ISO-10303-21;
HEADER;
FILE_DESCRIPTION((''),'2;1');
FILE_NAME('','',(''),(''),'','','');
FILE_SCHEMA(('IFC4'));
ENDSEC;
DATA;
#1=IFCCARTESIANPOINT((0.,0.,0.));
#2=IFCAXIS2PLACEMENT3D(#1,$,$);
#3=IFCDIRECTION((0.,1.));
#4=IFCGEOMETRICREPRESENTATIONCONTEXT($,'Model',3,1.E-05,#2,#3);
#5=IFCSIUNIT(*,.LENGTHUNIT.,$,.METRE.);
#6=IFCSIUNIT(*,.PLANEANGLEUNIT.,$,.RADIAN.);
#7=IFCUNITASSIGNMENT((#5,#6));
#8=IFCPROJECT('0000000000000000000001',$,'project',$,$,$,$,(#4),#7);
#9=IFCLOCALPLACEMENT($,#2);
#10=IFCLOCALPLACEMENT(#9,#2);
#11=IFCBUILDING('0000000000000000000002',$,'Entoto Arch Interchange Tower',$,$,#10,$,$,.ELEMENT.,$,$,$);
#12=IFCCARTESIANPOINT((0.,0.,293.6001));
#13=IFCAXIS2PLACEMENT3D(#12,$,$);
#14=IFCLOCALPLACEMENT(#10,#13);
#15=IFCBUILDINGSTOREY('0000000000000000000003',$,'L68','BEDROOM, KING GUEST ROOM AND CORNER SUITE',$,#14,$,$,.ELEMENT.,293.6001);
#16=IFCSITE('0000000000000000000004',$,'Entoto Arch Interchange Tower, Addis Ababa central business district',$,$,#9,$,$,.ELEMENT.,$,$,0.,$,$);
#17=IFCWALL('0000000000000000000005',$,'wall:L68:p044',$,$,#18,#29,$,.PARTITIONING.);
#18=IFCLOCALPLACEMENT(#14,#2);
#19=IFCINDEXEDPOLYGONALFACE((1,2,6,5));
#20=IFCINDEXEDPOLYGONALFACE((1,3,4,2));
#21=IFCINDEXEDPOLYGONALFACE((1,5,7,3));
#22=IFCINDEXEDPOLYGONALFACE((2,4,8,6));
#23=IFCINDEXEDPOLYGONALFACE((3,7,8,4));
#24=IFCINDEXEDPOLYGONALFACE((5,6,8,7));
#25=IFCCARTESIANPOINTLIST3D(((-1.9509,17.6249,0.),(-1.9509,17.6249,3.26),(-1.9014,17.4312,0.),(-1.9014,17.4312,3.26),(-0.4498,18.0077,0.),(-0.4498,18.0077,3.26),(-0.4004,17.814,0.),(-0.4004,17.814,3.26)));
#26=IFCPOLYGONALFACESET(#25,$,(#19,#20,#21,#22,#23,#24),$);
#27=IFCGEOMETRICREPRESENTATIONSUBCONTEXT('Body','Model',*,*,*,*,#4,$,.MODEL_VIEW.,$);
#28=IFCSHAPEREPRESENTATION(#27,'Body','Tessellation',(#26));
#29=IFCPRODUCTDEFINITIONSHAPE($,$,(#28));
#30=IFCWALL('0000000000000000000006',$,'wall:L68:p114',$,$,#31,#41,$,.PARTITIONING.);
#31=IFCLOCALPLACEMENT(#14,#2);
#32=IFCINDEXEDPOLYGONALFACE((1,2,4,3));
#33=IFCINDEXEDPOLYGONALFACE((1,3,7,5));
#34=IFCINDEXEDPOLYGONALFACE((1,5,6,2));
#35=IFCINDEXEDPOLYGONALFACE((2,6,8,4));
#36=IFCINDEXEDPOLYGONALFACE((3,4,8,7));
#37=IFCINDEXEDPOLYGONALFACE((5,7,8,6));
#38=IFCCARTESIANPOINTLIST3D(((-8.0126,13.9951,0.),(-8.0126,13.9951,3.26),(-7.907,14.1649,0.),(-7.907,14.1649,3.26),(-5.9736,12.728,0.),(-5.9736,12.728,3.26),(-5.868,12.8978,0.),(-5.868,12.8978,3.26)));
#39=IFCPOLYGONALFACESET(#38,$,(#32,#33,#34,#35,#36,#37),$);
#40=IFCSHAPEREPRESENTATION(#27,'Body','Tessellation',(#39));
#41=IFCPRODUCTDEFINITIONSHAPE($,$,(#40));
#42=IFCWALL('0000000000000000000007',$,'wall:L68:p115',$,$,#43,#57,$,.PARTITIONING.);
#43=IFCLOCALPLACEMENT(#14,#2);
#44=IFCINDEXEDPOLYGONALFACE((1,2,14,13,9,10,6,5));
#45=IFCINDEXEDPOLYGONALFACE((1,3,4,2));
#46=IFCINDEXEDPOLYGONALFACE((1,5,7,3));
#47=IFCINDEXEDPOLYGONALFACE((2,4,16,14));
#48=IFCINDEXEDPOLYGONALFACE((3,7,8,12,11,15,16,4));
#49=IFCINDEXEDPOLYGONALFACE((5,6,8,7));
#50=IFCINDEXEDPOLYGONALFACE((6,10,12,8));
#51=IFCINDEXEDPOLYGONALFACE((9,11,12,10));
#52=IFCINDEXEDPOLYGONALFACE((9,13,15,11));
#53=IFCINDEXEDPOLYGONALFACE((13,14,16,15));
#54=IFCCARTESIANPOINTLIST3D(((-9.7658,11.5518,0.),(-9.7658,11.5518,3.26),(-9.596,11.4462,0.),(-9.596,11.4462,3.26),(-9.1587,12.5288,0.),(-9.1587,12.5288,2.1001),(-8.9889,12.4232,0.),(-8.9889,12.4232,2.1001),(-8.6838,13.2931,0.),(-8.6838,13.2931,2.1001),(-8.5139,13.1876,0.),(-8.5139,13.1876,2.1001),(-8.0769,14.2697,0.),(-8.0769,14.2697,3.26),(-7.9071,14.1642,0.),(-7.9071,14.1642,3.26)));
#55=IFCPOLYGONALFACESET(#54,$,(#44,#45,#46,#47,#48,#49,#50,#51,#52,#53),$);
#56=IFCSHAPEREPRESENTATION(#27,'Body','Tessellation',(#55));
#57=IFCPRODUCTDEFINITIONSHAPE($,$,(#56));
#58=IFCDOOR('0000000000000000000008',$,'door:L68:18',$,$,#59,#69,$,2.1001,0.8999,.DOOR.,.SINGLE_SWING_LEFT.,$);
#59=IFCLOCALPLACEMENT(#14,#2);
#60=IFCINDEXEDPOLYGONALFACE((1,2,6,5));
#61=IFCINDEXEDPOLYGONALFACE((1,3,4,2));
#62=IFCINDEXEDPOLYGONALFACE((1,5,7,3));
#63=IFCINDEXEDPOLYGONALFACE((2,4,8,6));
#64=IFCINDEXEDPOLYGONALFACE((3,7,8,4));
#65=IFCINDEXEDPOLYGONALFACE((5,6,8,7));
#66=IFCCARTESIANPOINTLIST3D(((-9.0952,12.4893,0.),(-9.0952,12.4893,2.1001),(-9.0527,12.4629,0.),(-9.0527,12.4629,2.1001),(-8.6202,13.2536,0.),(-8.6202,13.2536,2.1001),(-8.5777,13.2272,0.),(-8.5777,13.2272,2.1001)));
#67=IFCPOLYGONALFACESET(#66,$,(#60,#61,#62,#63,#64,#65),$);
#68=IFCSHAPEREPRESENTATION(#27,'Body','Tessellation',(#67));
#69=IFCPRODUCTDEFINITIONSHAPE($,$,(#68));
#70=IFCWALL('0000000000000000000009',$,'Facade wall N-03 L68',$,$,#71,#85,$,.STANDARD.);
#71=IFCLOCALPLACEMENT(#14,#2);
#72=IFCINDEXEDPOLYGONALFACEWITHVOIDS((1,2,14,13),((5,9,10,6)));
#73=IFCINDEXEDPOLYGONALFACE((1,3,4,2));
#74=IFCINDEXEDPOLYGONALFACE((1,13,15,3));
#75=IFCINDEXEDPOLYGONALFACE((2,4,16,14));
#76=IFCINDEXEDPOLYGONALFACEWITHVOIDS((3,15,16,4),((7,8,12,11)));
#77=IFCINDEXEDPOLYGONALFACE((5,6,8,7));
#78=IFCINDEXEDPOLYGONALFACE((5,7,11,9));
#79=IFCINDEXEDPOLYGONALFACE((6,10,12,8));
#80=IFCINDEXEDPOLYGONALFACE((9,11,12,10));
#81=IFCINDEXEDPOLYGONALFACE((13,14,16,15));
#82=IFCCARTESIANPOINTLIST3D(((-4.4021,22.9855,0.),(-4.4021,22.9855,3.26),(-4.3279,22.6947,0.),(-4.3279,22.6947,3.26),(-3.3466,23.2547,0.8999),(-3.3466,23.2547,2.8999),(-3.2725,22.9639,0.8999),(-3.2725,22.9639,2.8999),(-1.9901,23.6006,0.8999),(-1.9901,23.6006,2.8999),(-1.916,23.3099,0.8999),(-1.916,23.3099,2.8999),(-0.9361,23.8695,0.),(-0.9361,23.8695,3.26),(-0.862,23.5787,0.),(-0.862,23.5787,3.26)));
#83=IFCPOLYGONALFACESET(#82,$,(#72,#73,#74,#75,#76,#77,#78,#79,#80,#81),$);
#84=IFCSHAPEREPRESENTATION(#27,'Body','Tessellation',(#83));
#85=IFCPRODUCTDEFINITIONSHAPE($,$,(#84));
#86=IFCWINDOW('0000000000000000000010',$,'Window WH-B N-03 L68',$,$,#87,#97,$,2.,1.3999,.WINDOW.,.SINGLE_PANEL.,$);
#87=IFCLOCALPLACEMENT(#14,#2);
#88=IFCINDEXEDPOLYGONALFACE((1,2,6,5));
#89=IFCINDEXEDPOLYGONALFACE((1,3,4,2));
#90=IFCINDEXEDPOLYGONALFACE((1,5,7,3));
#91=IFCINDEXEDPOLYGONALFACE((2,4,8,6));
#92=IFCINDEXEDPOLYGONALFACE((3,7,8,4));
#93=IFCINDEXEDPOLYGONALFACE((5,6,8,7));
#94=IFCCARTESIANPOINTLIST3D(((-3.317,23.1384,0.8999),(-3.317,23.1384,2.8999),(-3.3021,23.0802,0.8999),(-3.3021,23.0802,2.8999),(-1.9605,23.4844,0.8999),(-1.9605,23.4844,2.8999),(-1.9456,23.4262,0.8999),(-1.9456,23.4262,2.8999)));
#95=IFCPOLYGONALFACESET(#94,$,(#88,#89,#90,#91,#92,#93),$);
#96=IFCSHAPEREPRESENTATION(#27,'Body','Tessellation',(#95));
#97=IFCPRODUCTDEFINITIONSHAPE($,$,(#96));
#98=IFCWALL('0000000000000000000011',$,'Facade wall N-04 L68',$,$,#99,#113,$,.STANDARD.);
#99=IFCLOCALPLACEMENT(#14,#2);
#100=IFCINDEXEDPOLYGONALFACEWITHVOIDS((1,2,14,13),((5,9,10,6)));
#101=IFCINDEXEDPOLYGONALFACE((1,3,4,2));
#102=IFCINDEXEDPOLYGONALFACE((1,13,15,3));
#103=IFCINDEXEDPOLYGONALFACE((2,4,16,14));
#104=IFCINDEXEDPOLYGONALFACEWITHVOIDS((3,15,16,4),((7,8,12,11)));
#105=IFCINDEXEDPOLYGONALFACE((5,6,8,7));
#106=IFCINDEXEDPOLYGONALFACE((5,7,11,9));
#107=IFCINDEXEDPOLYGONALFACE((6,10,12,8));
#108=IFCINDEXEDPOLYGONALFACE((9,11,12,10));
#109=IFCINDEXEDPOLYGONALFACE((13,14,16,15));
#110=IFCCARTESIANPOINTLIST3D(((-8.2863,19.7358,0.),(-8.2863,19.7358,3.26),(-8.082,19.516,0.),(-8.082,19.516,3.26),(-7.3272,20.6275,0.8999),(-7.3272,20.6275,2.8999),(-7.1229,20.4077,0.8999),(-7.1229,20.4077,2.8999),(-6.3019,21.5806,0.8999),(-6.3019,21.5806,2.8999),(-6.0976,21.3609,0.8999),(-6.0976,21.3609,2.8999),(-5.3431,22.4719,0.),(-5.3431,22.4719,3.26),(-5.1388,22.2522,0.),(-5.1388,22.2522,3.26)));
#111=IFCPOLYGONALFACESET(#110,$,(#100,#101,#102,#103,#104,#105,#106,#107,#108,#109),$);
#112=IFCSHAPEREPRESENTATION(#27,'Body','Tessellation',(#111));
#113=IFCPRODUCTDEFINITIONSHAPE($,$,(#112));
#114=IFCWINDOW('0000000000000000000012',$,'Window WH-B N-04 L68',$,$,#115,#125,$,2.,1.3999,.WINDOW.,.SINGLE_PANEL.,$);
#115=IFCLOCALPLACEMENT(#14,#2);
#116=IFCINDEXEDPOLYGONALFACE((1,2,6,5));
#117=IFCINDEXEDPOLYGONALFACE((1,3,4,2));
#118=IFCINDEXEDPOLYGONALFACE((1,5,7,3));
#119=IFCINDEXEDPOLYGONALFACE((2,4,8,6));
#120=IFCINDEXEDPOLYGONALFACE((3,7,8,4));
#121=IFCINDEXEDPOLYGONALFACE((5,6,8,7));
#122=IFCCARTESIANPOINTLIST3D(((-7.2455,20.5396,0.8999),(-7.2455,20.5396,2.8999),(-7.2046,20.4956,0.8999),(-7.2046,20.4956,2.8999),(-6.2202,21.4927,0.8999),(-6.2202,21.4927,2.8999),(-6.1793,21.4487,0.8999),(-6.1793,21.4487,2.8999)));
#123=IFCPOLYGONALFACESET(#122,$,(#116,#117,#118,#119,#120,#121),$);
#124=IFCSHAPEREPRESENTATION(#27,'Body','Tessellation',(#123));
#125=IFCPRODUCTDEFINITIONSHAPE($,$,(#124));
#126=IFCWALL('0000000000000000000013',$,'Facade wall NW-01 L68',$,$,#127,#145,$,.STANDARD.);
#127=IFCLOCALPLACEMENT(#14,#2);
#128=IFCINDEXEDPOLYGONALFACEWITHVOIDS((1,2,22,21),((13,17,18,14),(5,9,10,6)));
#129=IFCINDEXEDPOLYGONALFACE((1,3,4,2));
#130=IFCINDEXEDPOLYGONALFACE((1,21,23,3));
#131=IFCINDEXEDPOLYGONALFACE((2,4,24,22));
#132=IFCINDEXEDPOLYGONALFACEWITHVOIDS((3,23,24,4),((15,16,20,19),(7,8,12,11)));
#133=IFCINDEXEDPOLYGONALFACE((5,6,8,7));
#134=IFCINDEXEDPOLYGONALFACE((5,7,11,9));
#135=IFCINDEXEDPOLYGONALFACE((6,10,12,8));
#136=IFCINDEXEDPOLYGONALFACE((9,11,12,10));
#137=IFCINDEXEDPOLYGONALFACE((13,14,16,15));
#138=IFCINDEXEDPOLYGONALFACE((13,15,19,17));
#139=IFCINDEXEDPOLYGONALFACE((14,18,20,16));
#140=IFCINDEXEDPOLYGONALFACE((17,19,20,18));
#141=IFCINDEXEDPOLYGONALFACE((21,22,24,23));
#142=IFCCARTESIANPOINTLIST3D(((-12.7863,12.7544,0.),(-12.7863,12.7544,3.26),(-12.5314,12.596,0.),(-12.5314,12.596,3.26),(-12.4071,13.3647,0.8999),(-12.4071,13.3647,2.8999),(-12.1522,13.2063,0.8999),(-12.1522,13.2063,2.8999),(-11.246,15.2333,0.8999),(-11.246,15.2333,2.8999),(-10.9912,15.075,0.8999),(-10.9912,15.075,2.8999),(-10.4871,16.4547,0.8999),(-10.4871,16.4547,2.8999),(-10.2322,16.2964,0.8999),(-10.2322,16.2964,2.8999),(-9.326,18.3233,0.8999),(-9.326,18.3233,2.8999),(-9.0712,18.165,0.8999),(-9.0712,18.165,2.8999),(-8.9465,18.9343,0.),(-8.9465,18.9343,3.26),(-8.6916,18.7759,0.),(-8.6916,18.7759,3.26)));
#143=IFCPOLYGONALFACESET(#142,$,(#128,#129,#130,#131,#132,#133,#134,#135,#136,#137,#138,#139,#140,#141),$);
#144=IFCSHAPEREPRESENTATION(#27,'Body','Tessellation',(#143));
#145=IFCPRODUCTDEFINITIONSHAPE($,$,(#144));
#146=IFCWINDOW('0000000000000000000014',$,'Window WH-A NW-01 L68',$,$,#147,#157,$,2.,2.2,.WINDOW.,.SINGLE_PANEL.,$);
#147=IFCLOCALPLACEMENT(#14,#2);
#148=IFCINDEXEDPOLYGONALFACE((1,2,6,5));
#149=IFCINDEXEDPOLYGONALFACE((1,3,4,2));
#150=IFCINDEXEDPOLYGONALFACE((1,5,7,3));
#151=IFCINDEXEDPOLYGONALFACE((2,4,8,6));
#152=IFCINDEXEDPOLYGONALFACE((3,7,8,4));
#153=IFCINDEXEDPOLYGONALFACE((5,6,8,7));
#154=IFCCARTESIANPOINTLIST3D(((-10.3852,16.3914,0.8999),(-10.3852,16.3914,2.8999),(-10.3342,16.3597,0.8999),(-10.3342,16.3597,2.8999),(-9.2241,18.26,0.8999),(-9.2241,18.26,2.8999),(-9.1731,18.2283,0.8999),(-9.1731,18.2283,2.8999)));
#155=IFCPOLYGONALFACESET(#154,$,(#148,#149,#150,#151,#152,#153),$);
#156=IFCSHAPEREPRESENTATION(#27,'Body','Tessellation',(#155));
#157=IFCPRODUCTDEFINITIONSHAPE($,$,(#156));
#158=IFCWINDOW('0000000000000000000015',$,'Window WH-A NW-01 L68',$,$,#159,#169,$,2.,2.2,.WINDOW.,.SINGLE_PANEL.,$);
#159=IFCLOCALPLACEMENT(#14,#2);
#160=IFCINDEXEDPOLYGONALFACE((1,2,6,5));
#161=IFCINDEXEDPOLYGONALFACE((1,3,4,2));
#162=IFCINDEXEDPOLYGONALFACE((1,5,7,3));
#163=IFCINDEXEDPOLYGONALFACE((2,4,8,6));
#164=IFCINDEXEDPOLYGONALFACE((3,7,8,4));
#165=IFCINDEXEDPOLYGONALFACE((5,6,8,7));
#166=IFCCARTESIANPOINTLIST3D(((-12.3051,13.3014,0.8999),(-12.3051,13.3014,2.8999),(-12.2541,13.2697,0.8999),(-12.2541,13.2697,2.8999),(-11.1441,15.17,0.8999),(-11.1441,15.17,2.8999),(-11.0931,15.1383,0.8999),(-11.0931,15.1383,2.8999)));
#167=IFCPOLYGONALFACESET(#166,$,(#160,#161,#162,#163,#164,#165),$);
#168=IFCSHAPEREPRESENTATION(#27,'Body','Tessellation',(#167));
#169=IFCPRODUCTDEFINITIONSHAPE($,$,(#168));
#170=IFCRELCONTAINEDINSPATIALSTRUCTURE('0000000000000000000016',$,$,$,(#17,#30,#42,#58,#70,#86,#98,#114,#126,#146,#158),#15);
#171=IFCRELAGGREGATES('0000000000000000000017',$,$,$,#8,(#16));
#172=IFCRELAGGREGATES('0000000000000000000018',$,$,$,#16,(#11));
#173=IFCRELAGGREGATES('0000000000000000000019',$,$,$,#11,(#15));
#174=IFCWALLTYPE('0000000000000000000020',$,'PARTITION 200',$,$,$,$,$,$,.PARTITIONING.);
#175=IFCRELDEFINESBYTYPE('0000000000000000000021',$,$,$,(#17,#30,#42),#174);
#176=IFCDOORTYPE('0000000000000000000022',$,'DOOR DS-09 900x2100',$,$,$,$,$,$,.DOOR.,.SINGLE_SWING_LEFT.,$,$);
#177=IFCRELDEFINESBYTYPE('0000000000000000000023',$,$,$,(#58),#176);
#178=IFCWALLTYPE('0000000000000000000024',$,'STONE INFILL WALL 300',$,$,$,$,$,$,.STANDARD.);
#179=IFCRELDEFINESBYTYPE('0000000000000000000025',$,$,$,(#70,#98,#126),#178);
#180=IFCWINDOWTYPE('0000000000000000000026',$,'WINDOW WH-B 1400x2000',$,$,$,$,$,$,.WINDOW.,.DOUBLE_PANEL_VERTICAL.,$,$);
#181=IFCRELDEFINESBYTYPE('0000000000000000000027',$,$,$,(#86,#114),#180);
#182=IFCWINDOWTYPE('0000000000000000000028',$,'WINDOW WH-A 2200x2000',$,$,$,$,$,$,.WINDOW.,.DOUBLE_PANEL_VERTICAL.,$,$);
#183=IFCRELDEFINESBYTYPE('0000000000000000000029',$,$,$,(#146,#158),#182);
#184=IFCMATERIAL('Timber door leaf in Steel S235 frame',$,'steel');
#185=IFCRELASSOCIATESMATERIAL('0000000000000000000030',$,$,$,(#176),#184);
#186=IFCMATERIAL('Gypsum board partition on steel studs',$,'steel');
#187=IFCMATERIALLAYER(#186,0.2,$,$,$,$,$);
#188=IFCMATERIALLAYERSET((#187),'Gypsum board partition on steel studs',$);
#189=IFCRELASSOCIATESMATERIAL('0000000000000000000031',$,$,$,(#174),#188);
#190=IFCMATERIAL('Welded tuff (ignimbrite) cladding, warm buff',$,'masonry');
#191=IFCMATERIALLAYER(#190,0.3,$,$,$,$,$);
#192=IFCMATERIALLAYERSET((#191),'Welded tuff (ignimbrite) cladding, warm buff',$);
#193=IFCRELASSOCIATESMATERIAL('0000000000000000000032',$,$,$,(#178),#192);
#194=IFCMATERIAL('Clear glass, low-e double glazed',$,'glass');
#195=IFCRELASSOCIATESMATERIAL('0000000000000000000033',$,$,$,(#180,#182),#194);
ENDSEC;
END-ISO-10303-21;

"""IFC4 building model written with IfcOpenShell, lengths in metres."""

from ifc_helpers import new_model, si_unit, direction, frame, frame_2d, origin, place, context, subcontext, project, spatial, rectangle, extrude, material, layer, layer_set, type_object, element, fill, save


model = new_model("IFC4")

# Units and contexts
model_context = context("Model", 3, precision=1e-05, world=origin(), true_north=direction((0.0, 1.0)))
body_context = subcontext(model_context, "Body", "Model", "MODEL_VIEW")
ifc_project = project(units=[si_unit("LENGTHUNIT", "METRE"), si_unit("PLANEANGLEUNIT", "RADIAN")], contexts=[model_context])

# Site, building, storey
site_placement = place(None, origin())
site = spatial("IfcSite", under=ifc_project, at=site_placement, Name="Entoto Arch Interchange Tower, Addis Ababa central business district", CompositionType="ELEMENT", RefElevation=0.0)
building_placement = place(site_placement, origin())
building = spatial("IfcBuilding", under=site, at=building_placement, Name="Entoto Arch Interchange Tower", CompositionType="ELEMENT")
storey_placement = place(building_placement, frame((0.0, 0.0, 293.6001)))
storey = spatial("IfcBuildingStorey", under=building, at=storey_placement, Name="L68", Description="BEDROOM, KING GUEST ROOM AND CORNER SUITE", CompositionType="ELEMENT", Elevation=293.6001)

# Shared definitions
ifc_material_1 = material(Name="Gypsum board partition on steel studs", Category="steel")
ifc_material_2 = material(Name="Timber door leaf in Steel S235 frame", Category="steel")
door_type_1 = type_object("IfcDoorType", Name="DOOR DS-09 900x2100", OperationType="SINGLE_SWING_LEFT", PredefinedType="DOOR", material=ifc_material_2)

# Shared definitions
ifc_layer_1 = layer(ifc_material_1, 0.2)
ifc_layer_set_1 = layer_set([ifc_layer_1], Name="Gypsum board partition on steel studs")
wall_type_1 = type_object("IfcWallType", Name="PARTITION 200", PredefinedType="PARTITIONING", material=ifc_layer_set_1)

# Walls
wall_1_placement = place(storey_placement, frame((-1.926, 17.5281, 0.0), z_axis=(0.0, 0.0, 1.0), x_axis=(0.968982, 0.247131, 0.0)))
element("IfcWall", 1, at=wall_1_placement, inside=storey, type_object=wall_type_1, Name="wall:L68:p044", PredefinedType="PARTITIONING", context=body_context, shape_type="SweptSolid", body=[
    extrude(rectangle(XDim=1.5491, YDim=0.2, at=frame_2d((0.7744, 0.0))), origin(), (0.0, 0.0, 1.0), 3.26),
])
wall_2_placement = place(storey_placement, frame((-5.9209, 12.813, 0.0), z_axis=(0.0, 0.0, 1.0), x_axis=(-0.849367, 0.527803, 0.0)))
element("IfcWall", 2, at=wall_2_placement, inside=storey, type_object=wall_type_1, Name="wall:L68:p114", PredefinedType="PARTITIONING", context=body_context, shape_type="SweptSolid", body=[
    extrude(rectangle(XDim=2.4006, YDim=0.2, at=frame_2d((1.2002, 0.0))), origin(), (0.0, 0.0, 1.0), 3.26),
])

# Wall, opening, door
wall_3_placement = place(storey_placement, frame((-7.9919, 14.217, 0.0), z_axis=(0.0, 0.0, 1.0), x_axis=(-0.527796, -0.849371, 0.0)))
wall_3 = element("IfcWall", 3, at=wall_3_placement, inside=storey, type_object=wall_type_1, Name="wall:L68:p115", PredefinedType="PARTITIONING", context=body_context, shape_type="SweptSolid", body=[
    extrude(rectangle(XDim=3.2, YDim=0.2, at=frame_2d((1.6001, 0.0))), origin(), (0.0, 0.0, 1.0), 3.26),
])
opening_1_placement = place(wall_3_placement, frame((1.1499, 0.0, 0.0)))
opening_1 = element("IfcOpeningElement", 4, at=opening_1_placement, cuts=wall_3, PredefinedType="OPENING", context=body_context, shape_type="SweptSolid", body=[
    extrude(rectangle(XDim=0.8999, YDim=2.1001, at=frame_2d((0.45, 1.05))), frame((0.0, 0.1099, 0.0), z_axis=(0.0, -1.0, 0.0), x_axis=(1.0, 0.0, 0.0)), (0.0, 0.0, 1.0), 0.22),
])
door_1_placement = place(opening_1_placement, origin())
door_1 = element("IfcDoor", 5, at=door_1_placement, inside=storey, type_object=door_type_1, Name="door:L68:18", OperationType="SINGLE_SWING_LEFT", OverallHeight=2.1001, OverallWidth=0.8999, PredefinedType="DOOR", context=body_context, shape_type="SweptSolid", body=[
    extrude(rectangle(XDim=0.8999, YDim=2.1001, at=frame_2d((0.45, 1.05))), frame((0.0, 0.0249, 0.0), z_axis=(0.0, -1.0, 0.0), x_axis=(1.0, 0.0, 0.0)), (0.0, 0.0, 1.0), 0.05),
])
fill(opening_1, door_1)

# Walls, openings, windows
ifc_material_3 = material(Name="Welded tuff (ignimbrite) cladding, warm buff", Category="masonry")
ifc_layer_2 = layer(ifc_material_3, 0.3)
ifc_layer_set_2 = layer_set([ifc_layer_2], Name="Welded tuff (ignimbrite) cladding, warm buff")
wall_type_2 = type_object("IfcWallType", Name="STONE INFILL WALL 300", PredefinedType="STANDARD", material=ifc_layer_set_2)
wall_4_placement = place(storey_placement, frame((-0.8989, 23.7241, 0.0), z_axis=(0.0, 0.0, 1.0), x_axis=(-0.968979, -0.247142, 0.0)))
wall_4 = element("IfcWall", 6, at=wall_4_placement, inside=storey, type_object=wall_type_2, Name="Facade wall N-03 L68", PredefinedType="STANDARD", context=body_context, shape_type="SweptSolid", body=[
    extrude(rectangle(XDim=3.5769, YDim=0.3, at=frame_2d((1.7886, 0.0))), origin(), (0.0, 0.0, 1.0), 3.26),
])
opening_2_placement = place(wall_4_placement, frame((1.0879, 0.0, 0.8999)))
opening_2 = element("IfcOpeningElement", 7, at=opening_2_placement, cuts=wall_4, PredefinedType="OPENING", context=body_context, shape_type="SweptSolid", body=[
    extrude(rectangle(XDim=1.3999, YDim=2.0, at=frame_2d((0.7, 1.0))), frame((0.0, 0.1602, 0.0), z_axis=(0.0, -1.0, 0.0), x_axis=(1.0, 0.0, 0.0)), (0.0, 0.0, 1.0), 0.3201),
])
ifc_material_4 = material(Name="Clear glass, low-e double glazed", Category="glass")
window_type_1 = type_object("IfcWindowType", Name="WINDOW WH-B 1400x2000", PartitioningType="DOUBLE_PANEL_VERTICAL", PredefinedType="WINDOW", material=ifc_material_4)
window_1_placement = place(opening_2_placement, origin())
window_1 = element("IfcWindow", 8, at=window_1_placement, inside=storey, type_object=window_type_1, Name="Window WH-B N-03 L68", OverallHeight=2.0, OverallWidth=1.3999, PartitioningType="SINGLE_PANEL", PredefinedType="WINDOW", context=body_context, shape_type="SweptSolid", body=[
    extrude(rectangle(XDim=1.3999, YDim=2.0, at=frame_2d((0.7, 1.0))), frame((0.0, 0.03, 0.0), z_axis=(0.0, -1.0, 0.0), x_axis=(1.0, 0.0, 0.0)), (0.0, 0.0, 1.0), 0.0601),
])
fill(opening_2, window_1)
wall_5_placement = place(storey_placement, frame((-5.241, 22.3621, 0.0), z_axis=(0.0, 0.0, 1.0), x_axis=(-0.732397, -0.680877, 0.0)))
wall_5 = element("IfcWall", 9, at=wall_5_placement, inside=storey, type_object=wall_type_2, Name="Facade wall N-04 L68", PredefinedType="STANDARD", context=body_context, shape_type="SweptSolid", body=[
    extrude(rectangle(XDim=4.0186, YDim=0.3, at=frame_2d((2.0093, 0.0))), origin(), (0.0, 0.0, 1.0), 3.26),
])
opening_3_placement = place(wall_5_placement, frame((1.3091, 0.0, 0.8999)))
opening_3 = element("IfcOpeningElement", 10, at=opening_3_placement, cuts=wall_5, PredefinedType="OPENING", context=body_context, shape_type="SweptSolid", body=[
    extrude(rectangle(XDim=1.3999, YDim=2.0, at=frame_2d((0.7, 1.0))), frame((0.0, 0.1602, 0.0), z_axis=(0.0, -1.0, 0.0), x_axis=(1.0, 0.0, 0.0)), (0.0, 0.0, 1.0), 0.3201),
])
window_2_placement = place(opening_3_placement, origin())
window_2 = element("IfcWindow", 11, at=window_2_placement, inside=storey, type_object=window_type_1, Name="Window WH-B N-04 L68", OverallHeight=2.0, OverallWidth=1.3999, PartitioningType="SINGLE_PANEL", PredefinedType="WINDOW", context=body_context, shape_type="SweptSolid", body=[
    extrude(rectangle(XDim=1.3999, YDim=2.0, at=frame_2d((0.7, 1.0))), frame((0.0, 0.03, 0.0), z_axis=(0.0, -1.0, 0.0), x_axis=(1.0, 0.0, 0.0)), (0.0, 0.0, 1.0), 0.0601),
])
fill(opening_3, window_2)

# Wall, openings, windows
wall_6_placement = place(storey_placement, frame((-8.8191, 18.855, 0.0), z_axis=(0.0, 0.0, 1.0), x_axis=(-0.527762, -0.849392, 0.0)))
wall_6 = element("IfcWall", 12, at=wall_6_placement, inside=storey, type_object=wall_type_2, Name="Facade wall NW-01 L68", PredefinedType="STANDARD", context=body_context, shape_type="SweptSolid", body=[
    extrude(rectangle(XDim=7.2756, YDim=0.3, at=frame_2d((3.6377, 0.0))), origin(), (0.0, 0.0, 1.0), 3.26),
])
opening_4_placement = place(wall_6_placement, frame((0.719, 0.0, 0.8999)))
opening_4 = element("IfcOpeningElement", 13, at=opening_4_placement, cuts=wall_6, PredefinedType="OPENING", context=body_context, shape_type="SweptSolid", body=[
    extrude(rectangle(XDim=2.2, YDim=2.0, at=frame_2d((1.1001, 1.0))), frame((0.0, 0.1602, 0.0), z_axis=(0.0, -1.0, 0.0), x_axis=(1.0, 0.0, 0.0)), (0.0, 0.0, 1.0), 0.3201),
])
opening_5_placement = place(wall_6_placement, frame((4.3569, 0.0, 0.8999)))
opening_5 = element("IfcOpeningElement", 14, at=opening_5_placement, cuts=wall_6, PredefinedType="OPENING", context=body_context, shape_type="SweptSolid", body=[
    extrude(rectangle(XDim=2.2, YDim=2.0, at=frame_2d((1.1001, 1.0))), frame((0.0, 0.1602, 0.0), z_axis=(0.0, -1.0, 0.0), x_axis=(1.0, 0.0, 0.0)), (0.0, 0.0, 1.0), 0.3201),
])
window_type_2 = type_object("IfcWindowType", Name="WINDOW WH-A 2200x2000", PartitioningType="DOUBLE_PANEL_VERTICAL", PredefinedType="WINDOW", material=ifc_material_4)
window_3_placement = place(opening_4_placement, origin())
window_3 = element("IfcWindow", 15, at=window_3_placement, inside=storey, type_object=window_type_2, Name="Window WH-A NW-01 L68", OverallHeight=2.0, OverallWidth=2.2, PartitioningType="SINGLE_PANEL", PredefinedType="WINDOW", context=body_context, shape_type="SweptSolid", body=[
    extrude(rectangle(XDim=2.2, YDim=2.0, at=frame_2d((1.1001, 1.0))), frame((0.0, 0.03, 0.0), z_axis=(0.0, -1.0, 0.0), x_axis=(1.0, 0.0, 0.0)), (0.0, 0.0, 1.0), 0.0601),
])
fill(opening_4, window_3)
window_4_placement = place(opening_5_placement, origin())
window_4 = element("IfcWindow", 16, at=window_4_placement, inside=storey, type_object=window_type_2, Name="Window WH-A NW-01 L68", OverallHeight=2.0, OverallWidth=2.2, PartitioningType="SINGLE_PANEL", PredefinedType="WINDOW", context=body_context, shape_type="SweptSolid", body=[
    extrude(rectangle(XDim=2.2, YDim=2.0, at=frame_2d((1.1001, 1.0))), frame((0.0, 0.03, 0.0), z_axis=(0.0, -1.0, 0.0), x_axis=(1.0, 0.0, 0.0)), (0.0, 0.0, 1.0), 0.0601),
])
fill(opening_5, window_4)

save(model, "model.ifc")
